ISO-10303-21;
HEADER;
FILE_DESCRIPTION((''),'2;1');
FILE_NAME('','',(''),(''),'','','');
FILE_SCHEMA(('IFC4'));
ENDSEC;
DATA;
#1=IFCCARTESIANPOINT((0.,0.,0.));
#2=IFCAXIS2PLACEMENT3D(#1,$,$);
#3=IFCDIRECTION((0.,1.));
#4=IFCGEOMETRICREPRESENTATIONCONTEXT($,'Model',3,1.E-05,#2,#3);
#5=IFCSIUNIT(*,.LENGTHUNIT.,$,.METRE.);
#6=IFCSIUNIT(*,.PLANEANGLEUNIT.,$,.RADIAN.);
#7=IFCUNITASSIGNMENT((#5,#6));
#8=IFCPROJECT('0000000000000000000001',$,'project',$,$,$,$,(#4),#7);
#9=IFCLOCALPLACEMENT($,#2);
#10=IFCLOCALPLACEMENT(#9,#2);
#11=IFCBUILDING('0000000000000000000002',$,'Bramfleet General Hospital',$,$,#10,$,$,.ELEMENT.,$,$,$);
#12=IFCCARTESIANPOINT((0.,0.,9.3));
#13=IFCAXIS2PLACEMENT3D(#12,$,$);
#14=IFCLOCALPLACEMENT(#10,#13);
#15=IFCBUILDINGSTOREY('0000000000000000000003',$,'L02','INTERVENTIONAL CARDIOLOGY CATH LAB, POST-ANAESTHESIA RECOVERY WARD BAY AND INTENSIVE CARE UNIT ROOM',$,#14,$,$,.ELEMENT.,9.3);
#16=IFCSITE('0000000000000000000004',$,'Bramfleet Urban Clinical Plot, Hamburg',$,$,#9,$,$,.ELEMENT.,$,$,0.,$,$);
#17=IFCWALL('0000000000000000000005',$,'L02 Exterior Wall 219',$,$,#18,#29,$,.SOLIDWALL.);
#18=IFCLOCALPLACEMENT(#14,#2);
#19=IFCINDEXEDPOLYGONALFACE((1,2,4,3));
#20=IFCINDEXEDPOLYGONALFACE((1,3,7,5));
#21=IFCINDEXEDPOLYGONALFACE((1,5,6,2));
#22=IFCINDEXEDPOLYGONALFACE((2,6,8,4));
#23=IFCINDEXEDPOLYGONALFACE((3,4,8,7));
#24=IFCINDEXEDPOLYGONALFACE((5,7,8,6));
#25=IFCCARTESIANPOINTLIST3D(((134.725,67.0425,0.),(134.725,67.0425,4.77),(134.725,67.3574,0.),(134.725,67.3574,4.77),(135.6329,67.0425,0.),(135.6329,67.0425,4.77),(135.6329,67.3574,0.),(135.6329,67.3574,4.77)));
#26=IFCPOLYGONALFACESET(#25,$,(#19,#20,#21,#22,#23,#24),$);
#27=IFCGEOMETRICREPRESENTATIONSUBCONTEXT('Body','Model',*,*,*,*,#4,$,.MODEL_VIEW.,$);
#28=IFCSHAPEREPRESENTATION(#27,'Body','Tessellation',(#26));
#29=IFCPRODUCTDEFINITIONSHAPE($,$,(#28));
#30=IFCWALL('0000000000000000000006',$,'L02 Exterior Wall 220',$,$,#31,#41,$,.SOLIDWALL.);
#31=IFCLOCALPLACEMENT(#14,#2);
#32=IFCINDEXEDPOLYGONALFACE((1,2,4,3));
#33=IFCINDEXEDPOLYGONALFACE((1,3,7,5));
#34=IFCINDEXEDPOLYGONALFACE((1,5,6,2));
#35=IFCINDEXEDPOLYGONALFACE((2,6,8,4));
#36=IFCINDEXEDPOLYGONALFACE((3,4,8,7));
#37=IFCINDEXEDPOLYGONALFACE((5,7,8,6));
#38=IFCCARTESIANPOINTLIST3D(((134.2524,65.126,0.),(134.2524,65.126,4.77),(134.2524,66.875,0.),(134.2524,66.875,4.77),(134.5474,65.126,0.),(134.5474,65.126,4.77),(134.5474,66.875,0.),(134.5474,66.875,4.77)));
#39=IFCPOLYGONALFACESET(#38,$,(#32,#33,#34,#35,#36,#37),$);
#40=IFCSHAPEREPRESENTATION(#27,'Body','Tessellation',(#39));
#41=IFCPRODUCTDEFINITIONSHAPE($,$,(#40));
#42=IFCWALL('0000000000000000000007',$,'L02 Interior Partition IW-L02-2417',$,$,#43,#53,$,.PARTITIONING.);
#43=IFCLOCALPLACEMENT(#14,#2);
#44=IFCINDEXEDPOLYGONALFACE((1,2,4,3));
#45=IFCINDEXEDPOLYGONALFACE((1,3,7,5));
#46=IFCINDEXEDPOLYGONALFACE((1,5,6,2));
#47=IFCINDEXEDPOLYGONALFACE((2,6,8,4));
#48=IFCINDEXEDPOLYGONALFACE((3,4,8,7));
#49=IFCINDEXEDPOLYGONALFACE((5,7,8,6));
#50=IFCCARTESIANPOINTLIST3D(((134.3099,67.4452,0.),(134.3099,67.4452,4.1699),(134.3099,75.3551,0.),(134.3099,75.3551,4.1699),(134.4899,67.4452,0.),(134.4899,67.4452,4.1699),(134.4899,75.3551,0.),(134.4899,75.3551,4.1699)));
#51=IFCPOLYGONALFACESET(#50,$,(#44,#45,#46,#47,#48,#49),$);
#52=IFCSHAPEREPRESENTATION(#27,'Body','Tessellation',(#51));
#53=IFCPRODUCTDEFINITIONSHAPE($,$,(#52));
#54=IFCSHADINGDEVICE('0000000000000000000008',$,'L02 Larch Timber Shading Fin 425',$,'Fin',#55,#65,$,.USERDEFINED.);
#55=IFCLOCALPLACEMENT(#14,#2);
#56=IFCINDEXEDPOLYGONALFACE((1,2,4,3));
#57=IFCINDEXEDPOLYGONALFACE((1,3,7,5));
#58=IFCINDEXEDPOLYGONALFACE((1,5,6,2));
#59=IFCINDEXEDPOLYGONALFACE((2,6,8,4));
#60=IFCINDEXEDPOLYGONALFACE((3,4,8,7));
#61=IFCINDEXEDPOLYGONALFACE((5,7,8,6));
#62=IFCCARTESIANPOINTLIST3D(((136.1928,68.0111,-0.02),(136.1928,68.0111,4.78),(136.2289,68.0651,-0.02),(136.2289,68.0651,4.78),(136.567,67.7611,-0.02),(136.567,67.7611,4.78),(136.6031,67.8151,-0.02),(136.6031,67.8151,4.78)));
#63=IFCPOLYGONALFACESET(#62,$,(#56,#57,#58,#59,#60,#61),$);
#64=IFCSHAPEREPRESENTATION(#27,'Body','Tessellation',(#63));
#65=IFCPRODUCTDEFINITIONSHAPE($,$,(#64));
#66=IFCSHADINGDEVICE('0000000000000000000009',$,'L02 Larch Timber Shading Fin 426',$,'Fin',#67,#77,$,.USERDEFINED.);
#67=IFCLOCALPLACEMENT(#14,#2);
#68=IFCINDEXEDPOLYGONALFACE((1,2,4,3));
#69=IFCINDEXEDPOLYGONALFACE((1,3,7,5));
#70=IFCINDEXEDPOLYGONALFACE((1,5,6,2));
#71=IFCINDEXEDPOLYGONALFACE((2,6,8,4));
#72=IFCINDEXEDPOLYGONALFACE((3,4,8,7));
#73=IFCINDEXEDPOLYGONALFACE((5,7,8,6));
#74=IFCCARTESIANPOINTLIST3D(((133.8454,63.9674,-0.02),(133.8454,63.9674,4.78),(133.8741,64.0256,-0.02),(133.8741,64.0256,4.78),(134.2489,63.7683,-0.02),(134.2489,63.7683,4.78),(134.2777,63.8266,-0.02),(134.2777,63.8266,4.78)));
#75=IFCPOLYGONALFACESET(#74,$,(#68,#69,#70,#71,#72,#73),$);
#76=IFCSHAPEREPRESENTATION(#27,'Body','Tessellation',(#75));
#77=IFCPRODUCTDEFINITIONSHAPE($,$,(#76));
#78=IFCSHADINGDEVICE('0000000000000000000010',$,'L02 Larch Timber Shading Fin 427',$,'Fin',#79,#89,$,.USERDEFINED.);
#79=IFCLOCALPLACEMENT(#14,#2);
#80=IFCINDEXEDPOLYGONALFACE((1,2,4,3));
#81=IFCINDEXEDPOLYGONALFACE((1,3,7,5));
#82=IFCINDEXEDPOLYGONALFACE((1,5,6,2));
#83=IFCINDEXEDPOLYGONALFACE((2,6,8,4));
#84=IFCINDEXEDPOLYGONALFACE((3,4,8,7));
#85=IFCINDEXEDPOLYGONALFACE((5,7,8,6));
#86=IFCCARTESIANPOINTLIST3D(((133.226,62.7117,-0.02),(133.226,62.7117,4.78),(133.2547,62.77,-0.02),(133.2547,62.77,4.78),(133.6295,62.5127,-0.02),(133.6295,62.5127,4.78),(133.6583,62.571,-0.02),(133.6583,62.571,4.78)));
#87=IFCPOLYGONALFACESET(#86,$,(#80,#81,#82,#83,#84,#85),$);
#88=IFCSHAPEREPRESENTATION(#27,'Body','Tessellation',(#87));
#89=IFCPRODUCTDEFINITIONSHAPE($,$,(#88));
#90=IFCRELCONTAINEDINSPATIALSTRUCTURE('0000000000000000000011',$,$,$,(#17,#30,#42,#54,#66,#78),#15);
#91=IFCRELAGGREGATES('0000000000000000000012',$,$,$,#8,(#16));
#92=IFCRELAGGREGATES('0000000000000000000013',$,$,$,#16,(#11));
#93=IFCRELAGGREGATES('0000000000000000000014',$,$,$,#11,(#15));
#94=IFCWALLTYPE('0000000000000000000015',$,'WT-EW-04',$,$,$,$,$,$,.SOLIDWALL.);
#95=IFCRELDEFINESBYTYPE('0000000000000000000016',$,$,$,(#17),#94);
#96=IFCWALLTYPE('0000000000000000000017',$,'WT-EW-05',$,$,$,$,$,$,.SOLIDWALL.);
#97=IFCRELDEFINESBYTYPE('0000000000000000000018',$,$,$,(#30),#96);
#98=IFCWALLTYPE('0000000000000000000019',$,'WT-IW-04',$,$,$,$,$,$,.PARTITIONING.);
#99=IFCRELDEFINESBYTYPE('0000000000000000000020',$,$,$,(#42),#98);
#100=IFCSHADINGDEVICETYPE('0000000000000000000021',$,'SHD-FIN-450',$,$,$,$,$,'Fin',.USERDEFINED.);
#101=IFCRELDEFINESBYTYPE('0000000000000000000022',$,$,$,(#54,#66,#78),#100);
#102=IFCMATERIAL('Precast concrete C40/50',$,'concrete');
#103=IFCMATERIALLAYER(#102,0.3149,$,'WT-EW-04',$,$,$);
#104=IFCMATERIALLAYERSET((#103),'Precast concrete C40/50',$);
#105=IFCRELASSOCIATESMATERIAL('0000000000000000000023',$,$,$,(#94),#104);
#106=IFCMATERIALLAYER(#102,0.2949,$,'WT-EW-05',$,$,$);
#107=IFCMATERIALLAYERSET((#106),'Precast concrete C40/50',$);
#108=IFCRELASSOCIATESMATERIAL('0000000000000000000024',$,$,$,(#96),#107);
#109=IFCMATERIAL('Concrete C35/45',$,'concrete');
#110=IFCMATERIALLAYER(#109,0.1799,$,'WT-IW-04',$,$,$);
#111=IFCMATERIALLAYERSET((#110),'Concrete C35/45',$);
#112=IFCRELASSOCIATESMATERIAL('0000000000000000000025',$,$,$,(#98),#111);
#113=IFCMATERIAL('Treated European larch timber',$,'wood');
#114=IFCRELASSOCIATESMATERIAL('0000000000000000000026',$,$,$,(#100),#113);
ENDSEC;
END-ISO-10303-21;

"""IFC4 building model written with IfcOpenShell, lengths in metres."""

from ifc_helpers import new_model, si_unit, direction, frame, frame_2d, origin, origin_2d, place, context, subcontext, project, spatial, rectangle, extrude, material, layer, layer_set, material_profile, profile_set, type_object, element, save


model = new_model("IFC4")

# Units and contexts
model_context = context("Model", 3, precision=1e-05, world=origin(), true_north=direction((0.0, 1.0)))
body_context = subcontext(model_context, "Body", "Model", "MODEL_VIEW")
ifc_project = project(units=[si_unit("LENGTHUNIT", "METRE"), si_unit("PLANEANGLEUNIT", "RADIAN")], contexts=[model_context])

# Site, building, storey
site_placement = place(None, origin())
site = spatial("IfcSite", under=ifc_project, at=site_placement, Name="Bramfleet Urban Clinical Plot, Hamburg", CompositionType="ELEMENT", RefElevation=0.0)
building_placement = place(site_placement, origin())
building = spatial("IfcBuilding", under=site, at=building_placement, Name="Bramfleet General Hospital", CompositionType="ELEMENT")
storey_placement = place(building_placement, frame((0.0, 0.0, 9.3)))
storey = spatial("IfcBuildingStorey", under=building, at=storey_placement, Name="L02", Description="INTERVENTIONAL CARDIOLOGY CATH LAB, POST-ANAESTHESIA RECOVERY WARD BAY AND INTENSIVE CARE UNIT ROOM", CompositionType="ELEMENT", Elevation=9.3)

# Shared definitions
ifc_material_1 = material(Name="Concrete C35/45", Category="concrete")

# Walls
ifc_material_2 = material(Name="Precast concrete C40/50", Category="concrete")
ifc_layer_1 = layer(ifc_material_2, 0.3149, Name="WT-EW-04")
ifc_layer_set_1 = layer_set([ifc_layer_1], Name="Precast concrete C40/50")
wall_type_1 = type_object("IfcWallType", Name="WT-EW-04", PredefinedType="SOLIDWALL", material=ifc_layer_set_1)
wall_1_placement = place(storey_placement, frame((135.6331, 67.2, 0.0), z_axis=(0.0, 0.0, 1.0), x_axis=(-1.0, 0.0, 0.0)))
element("IfcWall", 1, at=wall_1_placement, inside=storey, type_object=wall_type_1, Name="L02 Exterior Wall 219", PredefinedType="SOLIDWALL", context=body_context, shape_type="SweptSolid", body=[
    extrude(rectangle(XDim=0.908, YDim=0.3149, at=frame_2d((0.4541, 0.0))), origin(), (0.0, 0.0, 1.0), 4.77),
])
ifc_layer_2 = layer(ifc_material_2, 0.2949, Name="WT-EW-05")
ifc_layer_set_2 = layer_set([ifc_layer_2], Name="Precast concrete C40/50")
wall_type_2 = type_object("IfcWallType", Name="WT-EW-05", PredefinedType="SOLIDWALL", material=ifc_layer_set_2)
wall_2_placement = place(storey_placement, frame((134.3999, 66.875, 0.0), z_axis=(0.0, 0.0, 1.0), x_axis=(0.0, -1.0, 0.0)))
element("IfcWall", 2, at=wall_2_placement, inside=storey, type_object=wall_type_2, Name="L02 Exterior Wall 220", PredefinedType="SOLIDWALL", context=body_context, shape_type="SweptSolid", body=[
    extrude(rectangle(XDim=1.749, YDim=0.2949, at=frame_2d((0.8745, 0.0))), origin(), (0.0, 0.0, 1.0), 4.77),
])
ifc_layer_3 = layer(ifc_material_1, 0.1799, Name="WT-IW-04")
ifc_layer_set_3 = layer_set([ifc_layer_3], Name="Concrete C35/45")
wall_type_3 = type_object("IfcWallType", Name="WT-IW-04", PredefinedType="PARTITIONING", material=ifc_layer_set_3)
wall_3_placement = place(storey_placement, frame((134.3999, 67.4451, 0.0), z_axis=(0.0, 0.0, 1.0), x_axis=(0.0, 1.0, 0.0)))
element("IfcWall", 3, at=wall_3_placement, inside=storey, type_object=wall_type_3, Name="L02 Interior Partition IW-L02-2417", PredefinedType="PARTITIONING", context=body_context, shape_type="SweptSolid", body=[
    extrude(rectangle(XDim=7.9099, YDim=0.1799, at=frame_2d((3.9551, 0.0))), origin(), (0.0, 0.0, 1.0), 4.1699),
])

# Shading devices
ifc_material_3 = material(Name="Treated European larch timber", Category="wood")
ifc_material_profile_1 = material_profile(ifc_material_3, rectangle(XDim=0.0649, YDim=0.45, at=origin_2d()), Name="LARCH FIN 450x65")
ifc_profile_set_1 = profile_set([ifc_material_profile_1], Name="Treated European larch timber")
shading_device_type = type_object("IfcShadingDeviceType", Name="SHD-FIN-450", ElementType="Fin", PredefinedType="USERDEFINED", material=ifc_profile_set_1)
for number, where, z_axis, x_axis, name in (
    (4, (136.3979, 67.9131, -0.02), (0.0, 0.0, 1.0), (-0.555464, -0.831541, 0.0), "L02 Larch Timber Shading Fin 425"),
    (5, (134.0615, 63.897, -0.02), (0.0, 0.0, 1.0), (-0.442305, -0.896865, 0.0), "L02 Larch Timber Shading Fin 426"),
    (6, (133.4421, 62.6414, -0.02), (0.0, 0.0, 1.0), (-0.442305, -0.896865, 0.0), "L02 Larch Timber Shading Fin 427"),
):
    element("IfcShadingDevice", number, at=place(storey_placement, frame(where, z_axis=z_axis, x_axis=x_axis)), inside=storey, type_object=shading_device_type, Name=name, ObjectType="Fin", PredefinedType="USERDEFINED", context=body_context, shape_type="SweptSolid", body=[
        extrude(rectangle(XDim=0.0649, YDim=0.45, at=origin_2d()), origin(), (0.0, 0.0, 1.0), 4.8),
    ])

save(model, "model.ifc")
